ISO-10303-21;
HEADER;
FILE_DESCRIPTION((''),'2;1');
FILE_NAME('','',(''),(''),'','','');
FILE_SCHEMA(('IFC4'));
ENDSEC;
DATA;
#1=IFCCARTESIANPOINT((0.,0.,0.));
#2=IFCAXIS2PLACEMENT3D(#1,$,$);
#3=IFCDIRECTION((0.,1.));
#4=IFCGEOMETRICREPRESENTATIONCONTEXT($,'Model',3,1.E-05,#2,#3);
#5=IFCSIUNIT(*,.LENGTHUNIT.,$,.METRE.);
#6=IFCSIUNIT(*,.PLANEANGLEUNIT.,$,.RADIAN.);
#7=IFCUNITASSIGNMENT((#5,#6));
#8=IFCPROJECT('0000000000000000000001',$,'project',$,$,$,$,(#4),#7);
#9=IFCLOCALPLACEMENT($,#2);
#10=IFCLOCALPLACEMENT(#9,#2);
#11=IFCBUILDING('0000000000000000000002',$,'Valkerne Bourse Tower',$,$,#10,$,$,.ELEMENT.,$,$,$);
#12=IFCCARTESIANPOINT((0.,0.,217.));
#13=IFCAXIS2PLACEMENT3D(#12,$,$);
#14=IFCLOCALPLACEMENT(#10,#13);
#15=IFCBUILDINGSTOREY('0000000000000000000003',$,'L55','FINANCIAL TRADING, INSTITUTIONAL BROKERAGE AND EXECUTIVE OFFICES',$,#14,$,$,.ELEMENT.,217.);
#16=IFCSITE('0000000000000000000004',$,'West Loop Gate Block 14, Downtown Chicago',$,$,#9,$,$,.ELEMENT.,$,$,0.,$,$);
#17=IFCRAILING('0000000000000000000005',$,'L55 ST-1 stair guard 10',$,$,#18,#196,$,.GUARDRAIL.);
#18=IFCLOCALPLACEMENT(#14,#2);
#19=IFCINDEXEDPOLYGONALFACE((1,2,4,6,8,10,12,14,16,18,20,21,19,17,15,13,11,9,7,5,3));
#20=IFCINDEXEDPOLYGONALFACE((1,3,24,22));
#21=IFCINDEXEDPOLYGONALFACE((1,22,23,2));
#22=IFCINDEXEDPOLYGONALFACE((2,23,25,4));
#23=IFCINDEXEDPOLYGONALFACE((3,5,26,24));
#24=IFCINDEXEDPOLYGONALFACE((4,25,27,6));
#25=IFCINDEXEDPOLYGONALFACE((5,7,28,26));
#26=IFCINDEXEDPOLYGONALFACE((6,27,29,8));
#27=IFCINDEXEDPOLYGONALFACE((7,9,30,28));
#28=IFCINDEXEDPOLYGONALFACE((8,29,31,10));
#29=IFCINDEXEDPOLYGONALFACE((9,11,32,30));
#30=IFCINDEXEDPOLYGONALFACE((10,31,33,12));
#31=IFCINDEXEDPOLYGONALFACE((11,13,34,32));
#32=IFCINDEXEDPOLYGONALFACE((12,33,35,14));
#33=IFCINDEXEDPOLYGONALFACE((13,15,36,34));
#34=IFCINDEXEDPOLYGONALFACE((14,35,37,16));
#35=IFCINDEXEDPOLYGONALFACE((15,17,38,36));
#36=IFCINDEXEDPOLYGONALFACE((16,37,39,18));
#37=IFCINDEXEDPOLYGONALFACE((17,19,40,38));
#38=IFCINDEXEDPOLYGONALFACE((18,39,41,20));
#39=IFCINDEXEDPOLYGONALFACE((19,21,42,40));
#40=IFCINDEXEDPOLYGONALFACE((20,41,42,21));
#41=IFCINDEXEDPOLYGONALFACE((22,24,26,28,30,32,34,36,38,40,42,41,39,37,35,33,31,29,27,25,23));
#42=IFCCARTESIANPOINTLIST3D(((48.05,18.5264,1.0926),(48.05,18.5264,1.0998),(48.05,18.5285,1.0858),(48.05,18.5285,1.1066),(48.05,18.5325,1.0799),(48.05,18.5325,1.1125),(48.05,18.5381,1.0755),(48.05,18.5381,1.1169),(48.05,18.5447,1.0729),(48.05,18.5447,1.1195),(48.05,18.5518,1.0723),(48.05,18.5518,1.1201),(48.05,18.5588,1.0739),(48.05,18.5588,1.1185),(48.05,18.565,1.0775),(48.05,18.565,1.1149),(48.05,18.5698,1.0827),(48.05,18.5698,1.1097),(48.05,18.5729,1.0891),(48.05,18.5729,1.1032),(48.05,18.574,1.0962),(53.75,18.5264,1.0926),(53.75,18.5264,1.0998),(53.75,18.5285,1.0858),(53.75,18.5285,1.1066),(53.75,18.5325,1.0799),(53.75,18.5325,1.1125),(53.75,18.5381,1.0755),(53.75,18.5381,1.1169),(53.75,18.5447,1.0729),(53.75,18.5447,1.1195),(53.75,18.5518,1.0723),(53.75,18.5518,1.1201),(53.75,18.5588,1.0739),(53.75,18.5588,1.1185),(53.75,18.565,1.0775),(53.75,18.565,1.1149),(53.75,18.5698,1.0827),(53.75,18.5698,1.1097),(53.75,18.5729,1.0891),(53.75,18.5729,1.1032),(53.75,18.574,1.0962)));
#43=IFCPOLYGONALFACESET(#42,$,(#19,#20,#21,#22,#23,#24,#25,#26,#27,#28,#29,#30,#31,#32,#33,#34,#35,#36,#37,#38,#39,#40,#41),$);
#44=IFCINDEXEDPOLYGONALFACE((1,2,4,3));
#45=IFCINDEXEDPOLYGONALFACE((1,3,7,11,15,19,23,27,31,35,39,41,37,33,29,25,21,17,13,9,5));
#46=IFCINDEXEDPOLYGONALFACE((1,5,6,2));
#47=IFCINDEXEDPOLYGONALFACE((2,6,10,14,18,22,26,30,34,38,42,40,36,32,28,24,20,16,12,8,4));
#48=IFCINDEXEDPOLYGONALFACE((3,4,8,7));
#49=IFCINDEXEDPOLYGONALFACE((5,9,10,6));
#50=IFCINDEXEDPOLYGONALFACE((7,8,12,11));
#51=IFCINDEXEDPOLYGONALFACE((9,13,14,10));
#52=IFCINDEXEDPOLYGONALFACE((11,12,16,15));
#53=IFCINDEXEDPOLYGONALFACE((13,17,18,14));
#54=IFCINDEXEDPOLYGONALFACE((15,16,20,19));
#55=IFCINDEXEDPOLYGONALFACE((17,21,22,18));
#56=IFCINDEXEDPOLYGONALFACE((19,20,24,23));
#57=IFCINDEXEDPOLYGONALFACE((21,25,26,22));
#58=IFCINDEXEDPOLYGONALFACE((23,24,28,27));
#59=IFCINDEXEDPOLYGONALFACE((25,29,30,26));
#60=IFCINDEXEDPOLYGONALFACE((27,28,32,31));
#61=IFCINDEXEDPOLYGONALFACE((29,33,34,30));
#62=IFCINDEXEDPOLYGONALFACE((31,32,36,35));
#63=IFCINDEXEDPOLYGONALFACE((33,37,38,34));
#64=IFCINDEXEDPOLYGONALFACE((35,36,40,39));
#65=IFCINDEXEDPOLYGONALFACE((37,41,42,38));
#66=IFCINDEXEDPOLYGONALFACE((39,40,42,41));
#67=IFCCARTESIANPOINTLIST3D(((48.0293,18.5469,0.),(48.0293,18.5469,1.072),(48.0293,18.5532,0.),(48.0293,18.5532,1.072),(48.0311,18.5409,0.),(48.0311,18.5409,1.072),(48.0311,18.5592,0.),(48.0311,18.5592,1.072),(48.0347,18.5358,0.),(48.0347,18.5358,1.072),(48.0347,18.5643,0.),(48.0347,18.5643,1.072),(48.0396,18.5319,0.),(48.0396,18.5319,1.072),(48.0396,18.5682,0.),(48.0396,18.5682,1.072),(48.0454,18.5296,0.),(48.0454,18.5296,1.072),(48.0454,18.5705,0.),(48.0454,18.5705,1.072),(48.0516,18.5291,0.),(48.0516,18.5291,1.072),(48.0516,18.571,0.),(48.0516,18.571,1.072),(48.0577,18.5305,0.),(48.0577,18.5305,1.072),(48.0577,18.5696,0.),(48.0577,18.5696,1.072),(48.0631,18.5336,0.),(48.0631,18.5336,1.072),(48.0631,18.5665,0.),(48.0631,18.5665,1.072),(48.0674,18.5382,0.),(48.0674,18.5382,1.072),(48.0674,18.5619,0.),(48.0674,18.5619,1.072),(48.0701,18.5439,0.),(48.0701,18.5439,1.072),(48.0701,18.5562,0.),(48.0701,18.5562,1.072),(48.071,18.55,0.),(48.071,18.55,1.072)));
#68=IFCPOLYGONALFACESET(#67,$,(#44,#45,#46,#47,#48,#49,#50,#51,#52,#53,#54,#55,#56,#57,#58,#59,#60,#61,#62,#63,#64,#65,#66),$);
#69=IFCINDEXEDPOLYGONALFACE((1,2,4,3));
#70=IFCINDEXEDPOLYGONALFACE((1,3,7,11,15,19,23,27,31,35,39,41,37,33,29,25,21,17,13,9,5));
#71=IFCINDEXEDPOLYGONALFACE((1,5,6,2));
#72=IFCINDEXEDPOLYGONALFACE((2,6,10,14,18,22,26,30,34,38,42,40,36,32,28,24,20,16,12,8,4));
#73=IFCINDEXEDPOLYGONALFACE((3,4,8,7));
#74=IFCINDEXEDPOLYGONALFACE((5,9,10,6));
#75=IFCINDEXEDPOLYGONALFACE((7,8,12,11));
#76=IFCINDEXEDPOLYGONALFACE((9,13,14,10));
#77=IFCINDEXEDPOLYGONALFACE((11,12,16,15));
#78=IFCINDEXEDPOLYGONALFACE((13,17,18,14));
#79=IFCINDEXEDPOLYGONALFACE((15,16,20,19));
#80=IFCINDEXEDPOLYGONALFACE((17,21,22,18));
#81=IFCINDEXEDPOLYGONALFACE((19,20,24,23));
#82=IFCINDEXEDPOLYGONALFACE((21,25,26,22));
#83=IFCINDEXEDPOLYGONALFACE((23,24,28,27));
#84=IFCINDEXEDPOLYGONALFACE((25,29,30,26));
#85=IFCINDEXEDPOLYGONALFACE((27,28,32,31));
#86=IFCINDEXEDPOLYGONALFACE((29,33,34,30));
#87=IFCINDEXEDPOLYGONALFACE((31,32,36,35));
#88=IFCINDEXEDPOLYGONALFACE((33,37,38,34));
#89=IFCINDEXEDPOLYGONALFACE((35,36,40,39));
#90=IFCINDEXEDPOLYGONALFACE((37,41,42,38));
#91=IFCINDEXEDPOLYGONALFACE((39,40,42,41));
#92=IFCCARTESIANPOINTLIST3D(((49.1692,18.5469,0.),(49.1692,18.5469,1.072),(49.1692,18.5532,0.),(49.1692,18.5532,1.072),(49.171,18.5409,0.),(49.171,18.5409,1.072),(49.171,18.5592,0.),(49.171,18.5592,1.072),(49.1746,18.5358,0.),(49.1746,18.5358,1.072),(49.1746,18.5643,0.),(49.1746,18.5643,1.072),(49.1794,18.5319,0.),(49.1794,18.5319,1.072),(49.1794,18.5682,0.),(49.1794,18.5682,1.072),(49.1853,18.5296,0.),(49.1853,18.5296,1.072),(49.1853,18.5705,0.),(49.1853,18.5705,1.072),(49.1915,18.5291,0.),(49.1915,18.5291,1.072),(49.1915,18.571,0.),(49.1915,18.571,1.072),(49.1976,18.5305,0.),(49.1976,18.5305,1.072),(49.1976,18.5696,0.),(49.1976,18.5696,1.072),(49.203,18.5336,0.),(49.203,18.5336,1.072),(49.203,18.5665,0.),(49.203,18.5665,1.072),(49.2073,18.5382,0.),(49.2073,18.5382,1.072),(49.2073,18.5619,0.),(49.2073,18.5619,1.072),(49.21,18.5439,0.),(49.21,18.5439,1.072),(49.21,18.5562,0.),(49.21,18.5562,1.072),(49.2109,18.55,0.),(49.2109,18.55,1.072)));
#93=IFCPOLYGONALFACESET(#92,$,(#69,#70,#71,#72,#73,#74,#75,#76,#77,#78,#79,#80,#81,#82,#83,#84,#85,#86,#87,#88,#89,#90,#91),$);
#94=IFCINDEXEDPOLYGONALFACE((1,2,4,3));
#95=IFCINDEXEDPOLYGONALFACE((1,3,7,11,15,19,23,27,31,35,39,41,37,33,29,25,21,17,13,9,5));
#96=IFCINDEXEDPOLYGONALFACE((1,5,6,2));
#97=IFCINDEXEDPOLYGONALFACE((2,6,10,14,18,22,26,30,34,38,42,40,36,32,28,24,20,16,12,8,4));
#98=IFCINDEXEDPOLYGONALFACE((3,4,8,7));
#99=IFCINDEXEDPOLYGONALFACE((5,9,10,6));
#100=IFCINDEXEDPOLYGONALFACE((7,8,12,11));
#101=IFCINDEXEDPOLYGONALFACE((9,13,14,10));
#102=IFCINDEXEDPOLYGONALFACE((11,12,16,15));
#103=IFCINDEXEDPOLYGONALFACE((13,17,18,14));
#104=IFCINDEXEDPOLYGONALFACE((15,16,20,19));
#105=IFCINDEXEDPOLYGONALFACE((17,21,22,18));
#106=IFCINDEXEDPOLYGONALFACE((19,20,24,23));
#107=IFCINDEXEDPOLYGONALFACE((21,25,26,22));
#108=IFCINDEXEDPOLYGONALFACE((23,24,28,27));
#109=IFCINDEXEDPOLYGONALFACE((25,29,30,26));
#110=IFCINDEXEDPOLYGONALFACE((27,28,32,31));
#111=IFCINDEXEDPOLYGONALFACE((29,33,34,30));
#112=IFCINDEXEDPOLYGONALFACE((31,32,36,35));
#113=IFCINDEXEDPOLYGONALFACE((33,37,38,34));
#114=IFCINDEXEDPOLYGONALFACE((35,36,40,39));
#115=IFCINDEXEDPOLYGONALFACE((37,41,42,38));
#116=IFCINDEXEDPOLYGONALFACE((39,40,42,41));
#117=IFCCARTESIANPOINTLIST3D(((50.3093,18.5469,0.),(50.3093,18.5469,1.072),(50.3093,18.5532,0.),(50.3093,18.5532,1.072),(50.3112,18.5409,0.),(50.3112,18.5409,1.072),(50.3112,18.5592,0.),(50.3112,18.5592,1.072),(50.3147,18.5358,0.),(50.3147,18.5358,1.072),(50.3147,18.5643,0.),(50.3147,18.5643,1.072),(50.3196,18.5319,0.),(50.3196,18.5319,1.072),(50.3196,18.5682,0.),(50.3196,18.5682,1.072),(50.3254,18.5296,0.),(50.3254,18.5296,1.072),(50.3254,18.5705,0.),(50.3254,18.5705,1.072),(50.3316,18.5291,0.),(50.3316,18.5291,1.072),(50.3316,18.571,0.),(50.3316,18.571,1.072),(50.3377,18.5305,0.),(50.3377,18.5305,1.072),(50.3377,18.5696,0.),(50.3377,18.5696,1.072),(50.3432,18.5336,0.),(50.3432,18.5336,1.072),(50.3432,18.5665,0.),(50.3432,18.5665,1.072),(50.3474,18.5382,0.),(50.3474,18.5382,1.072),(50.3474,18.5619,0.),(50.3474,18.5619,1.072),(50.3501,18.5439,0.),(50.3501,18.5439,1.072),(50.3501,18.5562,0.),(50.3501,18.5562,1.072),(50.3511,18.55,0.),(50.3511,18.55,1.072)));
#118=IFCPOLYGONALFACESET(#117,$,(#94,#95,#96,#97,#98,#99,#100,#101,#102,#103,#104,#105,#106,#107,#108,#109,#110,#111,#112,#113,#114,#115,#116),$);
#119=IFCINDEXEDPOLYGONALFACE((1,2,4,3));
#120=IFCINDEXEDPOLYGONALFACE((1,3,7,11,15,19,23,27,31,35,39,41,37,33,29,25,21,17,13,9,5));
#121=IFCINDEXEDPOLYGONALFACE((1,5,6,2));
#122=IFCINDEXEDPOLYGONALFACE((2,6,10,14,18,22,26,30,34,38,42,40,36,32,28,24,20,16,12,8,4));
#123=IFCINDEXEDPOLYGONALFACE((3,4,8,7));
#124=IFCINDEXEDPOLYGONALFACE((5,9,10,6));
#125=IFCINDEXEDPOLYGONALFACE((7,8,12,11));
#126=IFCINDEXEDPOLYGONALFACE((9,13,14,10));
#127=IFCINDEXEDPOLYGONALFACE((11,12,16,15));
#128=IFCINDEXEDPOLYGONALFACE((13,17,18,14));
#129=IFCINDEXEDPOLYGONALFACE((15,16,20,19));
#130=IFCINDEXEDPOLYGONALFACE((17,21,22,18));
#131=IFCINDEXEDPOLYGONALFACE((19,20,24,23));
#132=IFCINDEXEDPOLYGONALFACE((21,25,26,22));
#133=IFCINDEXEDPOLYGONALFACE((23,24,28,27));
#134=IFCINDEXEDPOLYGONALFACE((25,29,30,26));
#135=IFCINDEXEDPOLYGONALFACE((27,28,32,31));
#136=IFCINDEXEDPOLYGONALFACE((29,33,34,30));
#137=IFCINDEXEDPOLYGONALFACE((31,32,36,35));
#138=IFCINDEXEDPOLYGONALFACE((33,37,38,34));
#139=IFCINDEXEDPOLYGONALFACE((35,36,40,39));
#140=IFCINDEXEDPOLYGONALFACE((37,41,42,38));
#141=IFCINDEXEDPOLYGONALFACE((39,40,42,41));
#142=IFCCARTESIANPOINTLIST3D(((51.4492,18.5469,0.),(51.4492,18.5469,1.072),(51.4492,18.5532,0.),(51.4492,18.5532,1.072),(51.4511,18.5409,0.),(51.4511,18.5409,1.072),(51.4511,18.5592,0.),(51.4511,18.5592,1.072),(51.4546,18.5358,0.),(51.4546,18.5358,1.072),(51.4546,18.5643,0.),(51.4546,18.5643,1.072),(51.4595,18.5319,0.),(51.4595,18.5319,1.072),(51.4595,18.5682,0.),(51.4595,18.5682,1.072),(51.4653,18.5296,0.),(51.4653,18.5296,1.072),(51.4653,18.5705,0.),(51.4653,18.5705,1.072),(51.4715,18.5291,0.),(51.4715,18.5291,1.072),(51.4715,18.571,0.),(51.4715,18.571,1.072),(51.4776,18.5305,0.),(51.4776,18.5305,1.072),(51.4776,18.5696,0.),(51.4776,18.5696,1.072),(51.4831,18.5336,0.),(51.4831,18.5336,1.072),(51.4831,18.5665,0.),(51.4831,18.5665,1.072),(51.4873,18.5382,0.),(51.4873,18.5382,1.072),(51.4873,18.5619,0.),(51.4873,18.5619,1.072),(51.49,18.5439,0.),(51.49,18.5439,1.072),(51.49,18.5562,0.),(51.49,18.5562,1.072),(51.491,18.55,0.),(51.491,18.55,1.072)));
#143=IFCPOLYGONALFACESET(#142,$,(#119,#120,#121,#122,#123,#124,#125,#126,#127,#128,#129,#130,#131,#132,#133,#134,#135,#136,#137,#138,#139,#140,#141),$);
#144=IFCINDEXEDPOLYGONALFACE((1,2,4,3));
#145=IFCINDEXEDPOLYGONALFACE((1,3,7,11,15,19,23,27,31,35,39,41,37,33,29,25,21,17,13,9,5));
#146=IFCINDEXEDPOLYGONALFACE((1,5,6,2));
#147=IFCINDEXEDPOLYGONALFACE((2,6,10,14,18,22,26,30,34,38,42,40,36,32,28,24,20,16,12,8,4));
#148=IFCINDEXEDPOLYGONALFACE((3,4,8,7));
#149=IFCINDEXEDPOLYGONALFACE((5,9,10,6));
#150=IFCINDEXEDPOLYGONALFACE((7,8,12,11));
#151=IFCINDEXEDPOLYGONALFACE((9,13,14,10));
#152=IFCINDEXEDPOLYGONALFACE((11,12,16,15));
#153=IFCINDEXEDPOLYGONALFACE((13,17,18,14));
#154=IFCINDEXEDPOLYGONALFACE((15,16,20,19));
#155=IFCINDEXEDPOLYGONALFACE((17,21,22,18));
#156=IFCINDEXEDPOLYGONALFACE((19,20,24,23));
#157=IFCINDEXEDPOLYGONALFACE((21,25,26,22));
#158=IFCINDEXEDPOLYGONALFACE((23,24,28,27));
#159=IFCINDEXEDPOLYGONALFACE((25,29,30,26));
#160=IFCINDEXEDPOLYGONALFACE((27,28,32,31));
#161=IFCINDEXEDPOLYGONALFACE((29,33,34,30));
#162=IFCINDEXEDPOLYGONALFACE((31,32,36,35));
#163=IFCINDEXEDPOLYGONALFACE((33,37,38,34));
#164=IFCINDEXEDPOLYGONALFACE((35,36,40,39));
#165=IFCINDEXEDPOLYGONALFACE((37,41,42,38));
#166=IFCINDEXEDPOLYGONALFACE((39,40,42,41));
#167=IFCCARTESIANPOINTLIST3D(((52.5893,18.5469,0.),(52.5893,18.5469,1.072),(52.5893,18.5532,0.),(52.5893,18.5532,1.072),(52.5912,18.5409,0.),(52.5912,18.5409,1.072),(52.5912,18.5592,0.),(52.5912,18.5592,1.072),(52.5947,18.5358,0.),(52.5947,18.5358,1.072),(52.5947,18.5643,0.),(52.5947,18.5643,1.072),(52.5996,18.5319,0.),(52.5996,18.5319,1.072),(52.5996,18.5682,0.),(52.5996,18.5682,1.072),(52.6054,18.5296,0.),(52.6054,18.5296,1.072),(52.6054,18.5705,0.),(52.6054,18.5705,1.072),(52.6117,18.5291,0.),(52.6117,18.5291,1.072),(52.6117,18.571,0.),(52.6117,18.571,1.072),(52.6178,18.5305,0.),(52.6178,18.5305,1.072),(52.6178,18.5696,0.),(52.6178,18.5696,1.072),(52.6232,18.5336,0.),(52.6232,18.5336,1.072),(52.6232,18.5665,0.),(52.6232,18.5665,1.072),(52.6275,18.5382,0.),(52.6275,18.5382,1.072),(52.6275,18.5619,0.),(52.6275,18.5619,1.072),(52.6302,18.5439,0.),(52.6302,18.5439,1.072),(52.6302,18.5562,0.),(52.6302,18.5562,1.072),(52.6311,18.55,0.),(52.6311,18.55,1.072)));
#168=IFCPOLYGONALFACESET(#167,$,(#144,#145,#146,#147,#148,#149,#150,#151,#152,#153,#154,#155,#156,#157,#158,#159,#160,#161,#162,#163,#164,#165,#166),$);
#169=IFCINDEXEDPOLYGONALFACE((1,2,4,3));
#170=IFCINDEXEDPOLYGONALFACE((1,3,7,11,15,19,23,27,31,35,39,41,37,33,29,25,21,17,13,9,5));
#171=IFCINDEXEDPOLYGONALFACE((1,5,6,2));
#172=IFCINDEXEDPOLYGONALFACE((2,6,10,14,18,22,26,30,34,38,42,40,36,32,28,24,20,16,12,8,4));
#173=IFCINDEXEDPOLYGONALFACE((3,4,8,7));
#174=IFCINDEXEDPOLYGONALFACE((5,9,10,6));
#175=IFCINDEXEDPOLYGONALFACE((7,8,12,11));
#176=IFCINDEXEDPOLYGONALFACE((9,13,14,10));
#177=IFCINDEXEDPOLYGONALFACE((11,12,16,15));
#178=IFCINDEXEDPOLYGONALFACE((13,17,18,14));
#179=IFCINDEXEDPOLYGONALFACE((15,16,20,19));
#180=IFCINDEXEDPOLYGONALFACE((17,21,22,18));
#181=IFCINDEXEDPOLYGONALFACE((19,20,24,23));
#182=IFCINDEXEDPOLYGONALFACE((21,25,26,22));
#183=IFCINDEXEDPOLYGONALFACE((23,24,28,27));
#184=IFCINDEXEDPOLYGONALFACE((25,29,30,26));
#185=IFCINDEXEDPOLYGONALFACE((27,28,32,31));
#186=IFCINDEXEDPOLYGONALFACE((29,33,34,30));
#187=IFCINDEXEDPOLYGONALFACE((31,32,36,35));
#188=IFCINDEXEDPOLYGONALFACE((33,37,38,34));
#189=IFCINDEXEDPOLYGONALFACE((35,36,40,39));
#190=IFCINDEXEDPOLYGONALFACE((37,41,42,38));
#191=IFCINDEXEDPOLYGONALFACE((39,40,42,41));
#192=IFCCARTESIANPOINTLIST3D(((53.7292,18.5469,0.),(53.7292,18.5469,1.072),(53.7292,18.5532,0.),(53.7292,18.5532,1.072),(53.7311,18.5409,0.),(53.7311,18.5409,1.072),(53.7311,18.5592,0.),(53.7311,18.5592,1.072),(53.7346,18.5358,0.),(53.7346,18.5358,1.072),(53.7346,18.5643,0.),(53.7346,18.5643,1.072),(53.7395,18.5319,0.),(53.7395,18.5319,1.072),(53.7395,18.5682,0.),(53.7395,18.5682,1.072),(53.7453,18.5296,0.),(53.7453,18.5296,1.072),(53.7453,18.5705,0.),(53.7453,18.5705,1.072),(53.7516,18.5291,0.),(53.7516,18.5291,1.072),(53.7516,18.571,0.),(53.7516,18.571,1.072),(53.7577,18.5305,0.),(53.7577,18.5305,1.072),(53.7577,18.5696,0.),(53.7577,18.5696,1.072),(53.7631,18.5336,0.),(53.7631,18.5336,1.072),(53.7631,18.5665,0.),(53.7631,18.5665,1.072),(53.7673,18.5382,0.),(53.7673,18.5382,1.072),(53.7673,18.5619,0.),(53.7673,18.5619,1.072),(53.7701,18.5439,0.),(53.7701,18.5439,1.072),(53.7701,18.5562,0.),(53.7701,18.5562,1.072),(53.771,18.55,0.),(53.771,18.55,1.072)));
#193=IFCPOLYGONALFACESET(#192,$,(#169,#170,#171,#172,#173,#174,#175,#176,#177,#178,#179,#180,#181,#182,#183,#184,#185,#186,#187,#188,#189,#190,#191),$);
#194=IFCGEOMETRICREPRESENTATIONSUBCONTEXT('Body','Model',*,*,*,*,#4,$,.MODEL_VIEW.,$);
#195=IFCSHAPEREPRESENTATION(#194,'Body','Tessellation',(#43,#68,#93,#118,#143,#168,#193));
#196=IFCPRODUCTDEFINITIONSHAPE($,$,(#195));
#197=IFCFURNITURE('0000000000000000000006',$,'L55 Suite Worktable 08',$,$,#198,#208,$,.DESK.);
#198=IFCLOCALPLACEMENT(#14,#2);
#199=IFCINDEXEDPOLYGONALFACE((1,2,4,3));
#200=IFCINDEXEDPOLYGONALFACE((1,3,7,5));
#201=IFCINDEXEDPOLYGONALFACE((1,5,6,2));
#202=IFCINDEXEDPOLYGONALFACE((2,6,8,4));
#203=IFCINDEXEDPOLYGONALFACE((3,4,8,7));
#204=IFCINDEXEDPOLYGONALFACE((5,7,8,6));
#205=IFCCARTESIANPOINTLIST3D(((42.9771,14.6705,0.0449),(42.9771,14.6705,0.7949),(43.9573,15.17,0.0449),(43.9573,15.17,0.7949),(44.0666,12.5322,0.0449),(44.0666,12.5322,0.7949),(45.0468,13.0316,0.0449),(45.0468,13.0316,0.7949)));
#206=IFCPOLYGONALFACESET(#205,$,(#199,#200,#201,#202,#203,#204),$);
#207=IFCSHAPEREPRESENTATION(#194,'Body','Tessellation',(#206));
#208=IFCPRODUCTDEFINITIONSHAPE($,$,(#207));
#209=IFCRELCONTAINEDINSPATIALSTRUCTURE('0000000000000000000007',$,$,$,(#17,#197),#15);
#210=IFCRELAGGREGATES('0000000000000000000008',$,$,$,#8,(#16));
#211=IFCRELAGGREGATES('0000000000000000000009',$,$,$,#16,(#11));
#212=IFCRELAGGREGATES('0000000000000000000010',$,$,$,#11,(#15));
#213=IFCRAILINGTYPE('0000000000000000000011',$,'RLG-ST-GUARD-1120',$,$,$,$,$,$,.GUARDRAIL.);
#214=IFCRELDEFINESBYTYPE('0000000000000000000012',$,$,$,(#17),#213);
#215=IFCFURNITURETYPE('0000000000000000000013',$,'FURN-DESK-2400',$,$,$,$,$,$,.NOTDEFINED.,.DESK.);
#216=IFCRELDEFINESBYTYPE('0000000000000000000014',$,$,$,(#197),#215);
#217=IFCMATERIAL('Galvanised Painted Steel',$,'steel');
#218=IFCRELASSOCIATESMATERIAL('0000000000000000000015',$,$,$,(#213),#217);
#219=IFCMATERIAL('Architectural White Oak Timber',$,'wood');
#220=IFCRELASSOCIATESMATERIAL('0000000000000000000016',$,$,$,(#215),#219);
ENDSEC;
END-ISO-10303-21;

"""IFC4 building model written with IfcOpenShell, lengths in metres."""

from ifc_helpers import new_model, si_unit, direction, frame, origin, origin_2d, place, context, subcontext, project, spatial, rectangle, circle, extrude, material, type_object, element, save


model = new_model("IFC4")

# Units and contexts
model_context = context("Model", 3, precision=1e-05, world=origin(), true_north=direction((0.0, 1.0)))
body_context = subcontext(model_context, "Body", "Model", "MODEL_VIEW")
ifc_project = project(units=[si_unit("LENGTHUNIT", "METRE"), si_unit("PLANEANGLEUNIT", "RADIAN")], contexts=[model_context])

# Site, building, storey
site_placement = place(None, origin())
site = spatial("IfcSite", under=ifc_project, at=site_placement, Name="West Loop Gate Block 14, Downtown Chicago", CompositionType="ELEMENT", RefElevation=0.0)
building_placement = place(site_placement, origin())
building = spatial("IfcBuilding", under=site, at=building_placement, Name="Valkerne Bourse Tower", CompositionType="ELEMENT")
storey_placement = place(building_placement, frame((0.0, 0.0, 217.0)))
storey = spatial("IfcBuildingStorey", under=building, at=storey_placement, Name="L55", Description="FINANCIAL TRADING, INSTITUTIONAL BROKERAGE AND EXECUTIVE OFFICES", CompositionType="ELEMENT", Elevation=217.0)

# Shared definitions
ifc_material_1 = material(Name="Galvanised Painted Steel", Category="steel")

# Railing
railing_type = type_object("IfcRailingType", Name="RLG-ST-GUARD-1120", PredefinedType="GUARDRAIL", material=ifc_material_1)
railing_placement = place(storey_placement, frame((48.05, 18.55, 0.0)))
element("IfcRailing", 1, at=railing_placement, inside=storey, type_object=railing_type, Name="L55 ST-1 stair guard 10", PredefinedType="GUARDRAIL", context=body_context, shape_type="SweptSolid", body=[
    extrude(circle(Radius=0.0239, at=origin_2d()), frame((0.0, 0.0, 1.0962), z_axis=(1.0, 0.0, 0.0), x_axis=(0.0, 1.0, 0.0)), (0.0, 0.0, 1.0), 5.7),
    extrude(circle(Radius=0.021, at=origin_2d()), origin(), (0.0, 0.0, 1.0), 1.072),
    extrude(circle(Radius=0.021, at=origin_2d()), frame((1.1399, 0.0, 0.0)), (0.0, 0.0, 1.0), 1.072),
    extrude(circle(Radius=0.021, at=origin_2d()), frame((2.28, 0.0, 0.0)), (0.0, 0.0, 1.0), 1.072),
    extrude(circle(Radius=0.021, at=origin_2d()), frame((3.4199, 0.0, 0.0)), (0.0, 0.0, 1.0), 1.072),
    extrude(circle(Radius=0.021, at=origin_2d()), frame((4.5601, 0.0, 0.0)), (0.0, 0.0, 1.0), 1.072),
    extrude(circle(Radius=0.021, at=origin_2d()), frame((5.7, 0.0, 0.0)), (0.0, 0.0, 1.0), 1.072),
])

# Furniture
ifc_material_2 = material(Name="Architectural White Oak Timber", Category="wood")
furniture_type = type_object("IfcFurnitureType", Name="FURN-DESK-2400", AssemblyPlace="NOTDEFINED", PredefinedType="DESK", material=ifc_material_2)
furniture_placement = place(storey_placement, frame((44.012, 13.8511, 0.0449), z_axis=(0.0, 0.0, 1.0), x_axis=(-0.45399, 0.891007, 0.0)))
element("IfcFurniture", 2, at=furniture_placement, inside=storey, type_object=furniture_type, Name="L55 Suite Worktable 08", PredefinedType="DESK", context=body_context, shape_type="SweptSolid", body=[
    extrude(rectangle(XDim=2.3999, YDim=1.1001, at=origin_2d()), origin(), (0.0, 0.0, 1.0), 0.75),
])

save(model, "model.ifc")
